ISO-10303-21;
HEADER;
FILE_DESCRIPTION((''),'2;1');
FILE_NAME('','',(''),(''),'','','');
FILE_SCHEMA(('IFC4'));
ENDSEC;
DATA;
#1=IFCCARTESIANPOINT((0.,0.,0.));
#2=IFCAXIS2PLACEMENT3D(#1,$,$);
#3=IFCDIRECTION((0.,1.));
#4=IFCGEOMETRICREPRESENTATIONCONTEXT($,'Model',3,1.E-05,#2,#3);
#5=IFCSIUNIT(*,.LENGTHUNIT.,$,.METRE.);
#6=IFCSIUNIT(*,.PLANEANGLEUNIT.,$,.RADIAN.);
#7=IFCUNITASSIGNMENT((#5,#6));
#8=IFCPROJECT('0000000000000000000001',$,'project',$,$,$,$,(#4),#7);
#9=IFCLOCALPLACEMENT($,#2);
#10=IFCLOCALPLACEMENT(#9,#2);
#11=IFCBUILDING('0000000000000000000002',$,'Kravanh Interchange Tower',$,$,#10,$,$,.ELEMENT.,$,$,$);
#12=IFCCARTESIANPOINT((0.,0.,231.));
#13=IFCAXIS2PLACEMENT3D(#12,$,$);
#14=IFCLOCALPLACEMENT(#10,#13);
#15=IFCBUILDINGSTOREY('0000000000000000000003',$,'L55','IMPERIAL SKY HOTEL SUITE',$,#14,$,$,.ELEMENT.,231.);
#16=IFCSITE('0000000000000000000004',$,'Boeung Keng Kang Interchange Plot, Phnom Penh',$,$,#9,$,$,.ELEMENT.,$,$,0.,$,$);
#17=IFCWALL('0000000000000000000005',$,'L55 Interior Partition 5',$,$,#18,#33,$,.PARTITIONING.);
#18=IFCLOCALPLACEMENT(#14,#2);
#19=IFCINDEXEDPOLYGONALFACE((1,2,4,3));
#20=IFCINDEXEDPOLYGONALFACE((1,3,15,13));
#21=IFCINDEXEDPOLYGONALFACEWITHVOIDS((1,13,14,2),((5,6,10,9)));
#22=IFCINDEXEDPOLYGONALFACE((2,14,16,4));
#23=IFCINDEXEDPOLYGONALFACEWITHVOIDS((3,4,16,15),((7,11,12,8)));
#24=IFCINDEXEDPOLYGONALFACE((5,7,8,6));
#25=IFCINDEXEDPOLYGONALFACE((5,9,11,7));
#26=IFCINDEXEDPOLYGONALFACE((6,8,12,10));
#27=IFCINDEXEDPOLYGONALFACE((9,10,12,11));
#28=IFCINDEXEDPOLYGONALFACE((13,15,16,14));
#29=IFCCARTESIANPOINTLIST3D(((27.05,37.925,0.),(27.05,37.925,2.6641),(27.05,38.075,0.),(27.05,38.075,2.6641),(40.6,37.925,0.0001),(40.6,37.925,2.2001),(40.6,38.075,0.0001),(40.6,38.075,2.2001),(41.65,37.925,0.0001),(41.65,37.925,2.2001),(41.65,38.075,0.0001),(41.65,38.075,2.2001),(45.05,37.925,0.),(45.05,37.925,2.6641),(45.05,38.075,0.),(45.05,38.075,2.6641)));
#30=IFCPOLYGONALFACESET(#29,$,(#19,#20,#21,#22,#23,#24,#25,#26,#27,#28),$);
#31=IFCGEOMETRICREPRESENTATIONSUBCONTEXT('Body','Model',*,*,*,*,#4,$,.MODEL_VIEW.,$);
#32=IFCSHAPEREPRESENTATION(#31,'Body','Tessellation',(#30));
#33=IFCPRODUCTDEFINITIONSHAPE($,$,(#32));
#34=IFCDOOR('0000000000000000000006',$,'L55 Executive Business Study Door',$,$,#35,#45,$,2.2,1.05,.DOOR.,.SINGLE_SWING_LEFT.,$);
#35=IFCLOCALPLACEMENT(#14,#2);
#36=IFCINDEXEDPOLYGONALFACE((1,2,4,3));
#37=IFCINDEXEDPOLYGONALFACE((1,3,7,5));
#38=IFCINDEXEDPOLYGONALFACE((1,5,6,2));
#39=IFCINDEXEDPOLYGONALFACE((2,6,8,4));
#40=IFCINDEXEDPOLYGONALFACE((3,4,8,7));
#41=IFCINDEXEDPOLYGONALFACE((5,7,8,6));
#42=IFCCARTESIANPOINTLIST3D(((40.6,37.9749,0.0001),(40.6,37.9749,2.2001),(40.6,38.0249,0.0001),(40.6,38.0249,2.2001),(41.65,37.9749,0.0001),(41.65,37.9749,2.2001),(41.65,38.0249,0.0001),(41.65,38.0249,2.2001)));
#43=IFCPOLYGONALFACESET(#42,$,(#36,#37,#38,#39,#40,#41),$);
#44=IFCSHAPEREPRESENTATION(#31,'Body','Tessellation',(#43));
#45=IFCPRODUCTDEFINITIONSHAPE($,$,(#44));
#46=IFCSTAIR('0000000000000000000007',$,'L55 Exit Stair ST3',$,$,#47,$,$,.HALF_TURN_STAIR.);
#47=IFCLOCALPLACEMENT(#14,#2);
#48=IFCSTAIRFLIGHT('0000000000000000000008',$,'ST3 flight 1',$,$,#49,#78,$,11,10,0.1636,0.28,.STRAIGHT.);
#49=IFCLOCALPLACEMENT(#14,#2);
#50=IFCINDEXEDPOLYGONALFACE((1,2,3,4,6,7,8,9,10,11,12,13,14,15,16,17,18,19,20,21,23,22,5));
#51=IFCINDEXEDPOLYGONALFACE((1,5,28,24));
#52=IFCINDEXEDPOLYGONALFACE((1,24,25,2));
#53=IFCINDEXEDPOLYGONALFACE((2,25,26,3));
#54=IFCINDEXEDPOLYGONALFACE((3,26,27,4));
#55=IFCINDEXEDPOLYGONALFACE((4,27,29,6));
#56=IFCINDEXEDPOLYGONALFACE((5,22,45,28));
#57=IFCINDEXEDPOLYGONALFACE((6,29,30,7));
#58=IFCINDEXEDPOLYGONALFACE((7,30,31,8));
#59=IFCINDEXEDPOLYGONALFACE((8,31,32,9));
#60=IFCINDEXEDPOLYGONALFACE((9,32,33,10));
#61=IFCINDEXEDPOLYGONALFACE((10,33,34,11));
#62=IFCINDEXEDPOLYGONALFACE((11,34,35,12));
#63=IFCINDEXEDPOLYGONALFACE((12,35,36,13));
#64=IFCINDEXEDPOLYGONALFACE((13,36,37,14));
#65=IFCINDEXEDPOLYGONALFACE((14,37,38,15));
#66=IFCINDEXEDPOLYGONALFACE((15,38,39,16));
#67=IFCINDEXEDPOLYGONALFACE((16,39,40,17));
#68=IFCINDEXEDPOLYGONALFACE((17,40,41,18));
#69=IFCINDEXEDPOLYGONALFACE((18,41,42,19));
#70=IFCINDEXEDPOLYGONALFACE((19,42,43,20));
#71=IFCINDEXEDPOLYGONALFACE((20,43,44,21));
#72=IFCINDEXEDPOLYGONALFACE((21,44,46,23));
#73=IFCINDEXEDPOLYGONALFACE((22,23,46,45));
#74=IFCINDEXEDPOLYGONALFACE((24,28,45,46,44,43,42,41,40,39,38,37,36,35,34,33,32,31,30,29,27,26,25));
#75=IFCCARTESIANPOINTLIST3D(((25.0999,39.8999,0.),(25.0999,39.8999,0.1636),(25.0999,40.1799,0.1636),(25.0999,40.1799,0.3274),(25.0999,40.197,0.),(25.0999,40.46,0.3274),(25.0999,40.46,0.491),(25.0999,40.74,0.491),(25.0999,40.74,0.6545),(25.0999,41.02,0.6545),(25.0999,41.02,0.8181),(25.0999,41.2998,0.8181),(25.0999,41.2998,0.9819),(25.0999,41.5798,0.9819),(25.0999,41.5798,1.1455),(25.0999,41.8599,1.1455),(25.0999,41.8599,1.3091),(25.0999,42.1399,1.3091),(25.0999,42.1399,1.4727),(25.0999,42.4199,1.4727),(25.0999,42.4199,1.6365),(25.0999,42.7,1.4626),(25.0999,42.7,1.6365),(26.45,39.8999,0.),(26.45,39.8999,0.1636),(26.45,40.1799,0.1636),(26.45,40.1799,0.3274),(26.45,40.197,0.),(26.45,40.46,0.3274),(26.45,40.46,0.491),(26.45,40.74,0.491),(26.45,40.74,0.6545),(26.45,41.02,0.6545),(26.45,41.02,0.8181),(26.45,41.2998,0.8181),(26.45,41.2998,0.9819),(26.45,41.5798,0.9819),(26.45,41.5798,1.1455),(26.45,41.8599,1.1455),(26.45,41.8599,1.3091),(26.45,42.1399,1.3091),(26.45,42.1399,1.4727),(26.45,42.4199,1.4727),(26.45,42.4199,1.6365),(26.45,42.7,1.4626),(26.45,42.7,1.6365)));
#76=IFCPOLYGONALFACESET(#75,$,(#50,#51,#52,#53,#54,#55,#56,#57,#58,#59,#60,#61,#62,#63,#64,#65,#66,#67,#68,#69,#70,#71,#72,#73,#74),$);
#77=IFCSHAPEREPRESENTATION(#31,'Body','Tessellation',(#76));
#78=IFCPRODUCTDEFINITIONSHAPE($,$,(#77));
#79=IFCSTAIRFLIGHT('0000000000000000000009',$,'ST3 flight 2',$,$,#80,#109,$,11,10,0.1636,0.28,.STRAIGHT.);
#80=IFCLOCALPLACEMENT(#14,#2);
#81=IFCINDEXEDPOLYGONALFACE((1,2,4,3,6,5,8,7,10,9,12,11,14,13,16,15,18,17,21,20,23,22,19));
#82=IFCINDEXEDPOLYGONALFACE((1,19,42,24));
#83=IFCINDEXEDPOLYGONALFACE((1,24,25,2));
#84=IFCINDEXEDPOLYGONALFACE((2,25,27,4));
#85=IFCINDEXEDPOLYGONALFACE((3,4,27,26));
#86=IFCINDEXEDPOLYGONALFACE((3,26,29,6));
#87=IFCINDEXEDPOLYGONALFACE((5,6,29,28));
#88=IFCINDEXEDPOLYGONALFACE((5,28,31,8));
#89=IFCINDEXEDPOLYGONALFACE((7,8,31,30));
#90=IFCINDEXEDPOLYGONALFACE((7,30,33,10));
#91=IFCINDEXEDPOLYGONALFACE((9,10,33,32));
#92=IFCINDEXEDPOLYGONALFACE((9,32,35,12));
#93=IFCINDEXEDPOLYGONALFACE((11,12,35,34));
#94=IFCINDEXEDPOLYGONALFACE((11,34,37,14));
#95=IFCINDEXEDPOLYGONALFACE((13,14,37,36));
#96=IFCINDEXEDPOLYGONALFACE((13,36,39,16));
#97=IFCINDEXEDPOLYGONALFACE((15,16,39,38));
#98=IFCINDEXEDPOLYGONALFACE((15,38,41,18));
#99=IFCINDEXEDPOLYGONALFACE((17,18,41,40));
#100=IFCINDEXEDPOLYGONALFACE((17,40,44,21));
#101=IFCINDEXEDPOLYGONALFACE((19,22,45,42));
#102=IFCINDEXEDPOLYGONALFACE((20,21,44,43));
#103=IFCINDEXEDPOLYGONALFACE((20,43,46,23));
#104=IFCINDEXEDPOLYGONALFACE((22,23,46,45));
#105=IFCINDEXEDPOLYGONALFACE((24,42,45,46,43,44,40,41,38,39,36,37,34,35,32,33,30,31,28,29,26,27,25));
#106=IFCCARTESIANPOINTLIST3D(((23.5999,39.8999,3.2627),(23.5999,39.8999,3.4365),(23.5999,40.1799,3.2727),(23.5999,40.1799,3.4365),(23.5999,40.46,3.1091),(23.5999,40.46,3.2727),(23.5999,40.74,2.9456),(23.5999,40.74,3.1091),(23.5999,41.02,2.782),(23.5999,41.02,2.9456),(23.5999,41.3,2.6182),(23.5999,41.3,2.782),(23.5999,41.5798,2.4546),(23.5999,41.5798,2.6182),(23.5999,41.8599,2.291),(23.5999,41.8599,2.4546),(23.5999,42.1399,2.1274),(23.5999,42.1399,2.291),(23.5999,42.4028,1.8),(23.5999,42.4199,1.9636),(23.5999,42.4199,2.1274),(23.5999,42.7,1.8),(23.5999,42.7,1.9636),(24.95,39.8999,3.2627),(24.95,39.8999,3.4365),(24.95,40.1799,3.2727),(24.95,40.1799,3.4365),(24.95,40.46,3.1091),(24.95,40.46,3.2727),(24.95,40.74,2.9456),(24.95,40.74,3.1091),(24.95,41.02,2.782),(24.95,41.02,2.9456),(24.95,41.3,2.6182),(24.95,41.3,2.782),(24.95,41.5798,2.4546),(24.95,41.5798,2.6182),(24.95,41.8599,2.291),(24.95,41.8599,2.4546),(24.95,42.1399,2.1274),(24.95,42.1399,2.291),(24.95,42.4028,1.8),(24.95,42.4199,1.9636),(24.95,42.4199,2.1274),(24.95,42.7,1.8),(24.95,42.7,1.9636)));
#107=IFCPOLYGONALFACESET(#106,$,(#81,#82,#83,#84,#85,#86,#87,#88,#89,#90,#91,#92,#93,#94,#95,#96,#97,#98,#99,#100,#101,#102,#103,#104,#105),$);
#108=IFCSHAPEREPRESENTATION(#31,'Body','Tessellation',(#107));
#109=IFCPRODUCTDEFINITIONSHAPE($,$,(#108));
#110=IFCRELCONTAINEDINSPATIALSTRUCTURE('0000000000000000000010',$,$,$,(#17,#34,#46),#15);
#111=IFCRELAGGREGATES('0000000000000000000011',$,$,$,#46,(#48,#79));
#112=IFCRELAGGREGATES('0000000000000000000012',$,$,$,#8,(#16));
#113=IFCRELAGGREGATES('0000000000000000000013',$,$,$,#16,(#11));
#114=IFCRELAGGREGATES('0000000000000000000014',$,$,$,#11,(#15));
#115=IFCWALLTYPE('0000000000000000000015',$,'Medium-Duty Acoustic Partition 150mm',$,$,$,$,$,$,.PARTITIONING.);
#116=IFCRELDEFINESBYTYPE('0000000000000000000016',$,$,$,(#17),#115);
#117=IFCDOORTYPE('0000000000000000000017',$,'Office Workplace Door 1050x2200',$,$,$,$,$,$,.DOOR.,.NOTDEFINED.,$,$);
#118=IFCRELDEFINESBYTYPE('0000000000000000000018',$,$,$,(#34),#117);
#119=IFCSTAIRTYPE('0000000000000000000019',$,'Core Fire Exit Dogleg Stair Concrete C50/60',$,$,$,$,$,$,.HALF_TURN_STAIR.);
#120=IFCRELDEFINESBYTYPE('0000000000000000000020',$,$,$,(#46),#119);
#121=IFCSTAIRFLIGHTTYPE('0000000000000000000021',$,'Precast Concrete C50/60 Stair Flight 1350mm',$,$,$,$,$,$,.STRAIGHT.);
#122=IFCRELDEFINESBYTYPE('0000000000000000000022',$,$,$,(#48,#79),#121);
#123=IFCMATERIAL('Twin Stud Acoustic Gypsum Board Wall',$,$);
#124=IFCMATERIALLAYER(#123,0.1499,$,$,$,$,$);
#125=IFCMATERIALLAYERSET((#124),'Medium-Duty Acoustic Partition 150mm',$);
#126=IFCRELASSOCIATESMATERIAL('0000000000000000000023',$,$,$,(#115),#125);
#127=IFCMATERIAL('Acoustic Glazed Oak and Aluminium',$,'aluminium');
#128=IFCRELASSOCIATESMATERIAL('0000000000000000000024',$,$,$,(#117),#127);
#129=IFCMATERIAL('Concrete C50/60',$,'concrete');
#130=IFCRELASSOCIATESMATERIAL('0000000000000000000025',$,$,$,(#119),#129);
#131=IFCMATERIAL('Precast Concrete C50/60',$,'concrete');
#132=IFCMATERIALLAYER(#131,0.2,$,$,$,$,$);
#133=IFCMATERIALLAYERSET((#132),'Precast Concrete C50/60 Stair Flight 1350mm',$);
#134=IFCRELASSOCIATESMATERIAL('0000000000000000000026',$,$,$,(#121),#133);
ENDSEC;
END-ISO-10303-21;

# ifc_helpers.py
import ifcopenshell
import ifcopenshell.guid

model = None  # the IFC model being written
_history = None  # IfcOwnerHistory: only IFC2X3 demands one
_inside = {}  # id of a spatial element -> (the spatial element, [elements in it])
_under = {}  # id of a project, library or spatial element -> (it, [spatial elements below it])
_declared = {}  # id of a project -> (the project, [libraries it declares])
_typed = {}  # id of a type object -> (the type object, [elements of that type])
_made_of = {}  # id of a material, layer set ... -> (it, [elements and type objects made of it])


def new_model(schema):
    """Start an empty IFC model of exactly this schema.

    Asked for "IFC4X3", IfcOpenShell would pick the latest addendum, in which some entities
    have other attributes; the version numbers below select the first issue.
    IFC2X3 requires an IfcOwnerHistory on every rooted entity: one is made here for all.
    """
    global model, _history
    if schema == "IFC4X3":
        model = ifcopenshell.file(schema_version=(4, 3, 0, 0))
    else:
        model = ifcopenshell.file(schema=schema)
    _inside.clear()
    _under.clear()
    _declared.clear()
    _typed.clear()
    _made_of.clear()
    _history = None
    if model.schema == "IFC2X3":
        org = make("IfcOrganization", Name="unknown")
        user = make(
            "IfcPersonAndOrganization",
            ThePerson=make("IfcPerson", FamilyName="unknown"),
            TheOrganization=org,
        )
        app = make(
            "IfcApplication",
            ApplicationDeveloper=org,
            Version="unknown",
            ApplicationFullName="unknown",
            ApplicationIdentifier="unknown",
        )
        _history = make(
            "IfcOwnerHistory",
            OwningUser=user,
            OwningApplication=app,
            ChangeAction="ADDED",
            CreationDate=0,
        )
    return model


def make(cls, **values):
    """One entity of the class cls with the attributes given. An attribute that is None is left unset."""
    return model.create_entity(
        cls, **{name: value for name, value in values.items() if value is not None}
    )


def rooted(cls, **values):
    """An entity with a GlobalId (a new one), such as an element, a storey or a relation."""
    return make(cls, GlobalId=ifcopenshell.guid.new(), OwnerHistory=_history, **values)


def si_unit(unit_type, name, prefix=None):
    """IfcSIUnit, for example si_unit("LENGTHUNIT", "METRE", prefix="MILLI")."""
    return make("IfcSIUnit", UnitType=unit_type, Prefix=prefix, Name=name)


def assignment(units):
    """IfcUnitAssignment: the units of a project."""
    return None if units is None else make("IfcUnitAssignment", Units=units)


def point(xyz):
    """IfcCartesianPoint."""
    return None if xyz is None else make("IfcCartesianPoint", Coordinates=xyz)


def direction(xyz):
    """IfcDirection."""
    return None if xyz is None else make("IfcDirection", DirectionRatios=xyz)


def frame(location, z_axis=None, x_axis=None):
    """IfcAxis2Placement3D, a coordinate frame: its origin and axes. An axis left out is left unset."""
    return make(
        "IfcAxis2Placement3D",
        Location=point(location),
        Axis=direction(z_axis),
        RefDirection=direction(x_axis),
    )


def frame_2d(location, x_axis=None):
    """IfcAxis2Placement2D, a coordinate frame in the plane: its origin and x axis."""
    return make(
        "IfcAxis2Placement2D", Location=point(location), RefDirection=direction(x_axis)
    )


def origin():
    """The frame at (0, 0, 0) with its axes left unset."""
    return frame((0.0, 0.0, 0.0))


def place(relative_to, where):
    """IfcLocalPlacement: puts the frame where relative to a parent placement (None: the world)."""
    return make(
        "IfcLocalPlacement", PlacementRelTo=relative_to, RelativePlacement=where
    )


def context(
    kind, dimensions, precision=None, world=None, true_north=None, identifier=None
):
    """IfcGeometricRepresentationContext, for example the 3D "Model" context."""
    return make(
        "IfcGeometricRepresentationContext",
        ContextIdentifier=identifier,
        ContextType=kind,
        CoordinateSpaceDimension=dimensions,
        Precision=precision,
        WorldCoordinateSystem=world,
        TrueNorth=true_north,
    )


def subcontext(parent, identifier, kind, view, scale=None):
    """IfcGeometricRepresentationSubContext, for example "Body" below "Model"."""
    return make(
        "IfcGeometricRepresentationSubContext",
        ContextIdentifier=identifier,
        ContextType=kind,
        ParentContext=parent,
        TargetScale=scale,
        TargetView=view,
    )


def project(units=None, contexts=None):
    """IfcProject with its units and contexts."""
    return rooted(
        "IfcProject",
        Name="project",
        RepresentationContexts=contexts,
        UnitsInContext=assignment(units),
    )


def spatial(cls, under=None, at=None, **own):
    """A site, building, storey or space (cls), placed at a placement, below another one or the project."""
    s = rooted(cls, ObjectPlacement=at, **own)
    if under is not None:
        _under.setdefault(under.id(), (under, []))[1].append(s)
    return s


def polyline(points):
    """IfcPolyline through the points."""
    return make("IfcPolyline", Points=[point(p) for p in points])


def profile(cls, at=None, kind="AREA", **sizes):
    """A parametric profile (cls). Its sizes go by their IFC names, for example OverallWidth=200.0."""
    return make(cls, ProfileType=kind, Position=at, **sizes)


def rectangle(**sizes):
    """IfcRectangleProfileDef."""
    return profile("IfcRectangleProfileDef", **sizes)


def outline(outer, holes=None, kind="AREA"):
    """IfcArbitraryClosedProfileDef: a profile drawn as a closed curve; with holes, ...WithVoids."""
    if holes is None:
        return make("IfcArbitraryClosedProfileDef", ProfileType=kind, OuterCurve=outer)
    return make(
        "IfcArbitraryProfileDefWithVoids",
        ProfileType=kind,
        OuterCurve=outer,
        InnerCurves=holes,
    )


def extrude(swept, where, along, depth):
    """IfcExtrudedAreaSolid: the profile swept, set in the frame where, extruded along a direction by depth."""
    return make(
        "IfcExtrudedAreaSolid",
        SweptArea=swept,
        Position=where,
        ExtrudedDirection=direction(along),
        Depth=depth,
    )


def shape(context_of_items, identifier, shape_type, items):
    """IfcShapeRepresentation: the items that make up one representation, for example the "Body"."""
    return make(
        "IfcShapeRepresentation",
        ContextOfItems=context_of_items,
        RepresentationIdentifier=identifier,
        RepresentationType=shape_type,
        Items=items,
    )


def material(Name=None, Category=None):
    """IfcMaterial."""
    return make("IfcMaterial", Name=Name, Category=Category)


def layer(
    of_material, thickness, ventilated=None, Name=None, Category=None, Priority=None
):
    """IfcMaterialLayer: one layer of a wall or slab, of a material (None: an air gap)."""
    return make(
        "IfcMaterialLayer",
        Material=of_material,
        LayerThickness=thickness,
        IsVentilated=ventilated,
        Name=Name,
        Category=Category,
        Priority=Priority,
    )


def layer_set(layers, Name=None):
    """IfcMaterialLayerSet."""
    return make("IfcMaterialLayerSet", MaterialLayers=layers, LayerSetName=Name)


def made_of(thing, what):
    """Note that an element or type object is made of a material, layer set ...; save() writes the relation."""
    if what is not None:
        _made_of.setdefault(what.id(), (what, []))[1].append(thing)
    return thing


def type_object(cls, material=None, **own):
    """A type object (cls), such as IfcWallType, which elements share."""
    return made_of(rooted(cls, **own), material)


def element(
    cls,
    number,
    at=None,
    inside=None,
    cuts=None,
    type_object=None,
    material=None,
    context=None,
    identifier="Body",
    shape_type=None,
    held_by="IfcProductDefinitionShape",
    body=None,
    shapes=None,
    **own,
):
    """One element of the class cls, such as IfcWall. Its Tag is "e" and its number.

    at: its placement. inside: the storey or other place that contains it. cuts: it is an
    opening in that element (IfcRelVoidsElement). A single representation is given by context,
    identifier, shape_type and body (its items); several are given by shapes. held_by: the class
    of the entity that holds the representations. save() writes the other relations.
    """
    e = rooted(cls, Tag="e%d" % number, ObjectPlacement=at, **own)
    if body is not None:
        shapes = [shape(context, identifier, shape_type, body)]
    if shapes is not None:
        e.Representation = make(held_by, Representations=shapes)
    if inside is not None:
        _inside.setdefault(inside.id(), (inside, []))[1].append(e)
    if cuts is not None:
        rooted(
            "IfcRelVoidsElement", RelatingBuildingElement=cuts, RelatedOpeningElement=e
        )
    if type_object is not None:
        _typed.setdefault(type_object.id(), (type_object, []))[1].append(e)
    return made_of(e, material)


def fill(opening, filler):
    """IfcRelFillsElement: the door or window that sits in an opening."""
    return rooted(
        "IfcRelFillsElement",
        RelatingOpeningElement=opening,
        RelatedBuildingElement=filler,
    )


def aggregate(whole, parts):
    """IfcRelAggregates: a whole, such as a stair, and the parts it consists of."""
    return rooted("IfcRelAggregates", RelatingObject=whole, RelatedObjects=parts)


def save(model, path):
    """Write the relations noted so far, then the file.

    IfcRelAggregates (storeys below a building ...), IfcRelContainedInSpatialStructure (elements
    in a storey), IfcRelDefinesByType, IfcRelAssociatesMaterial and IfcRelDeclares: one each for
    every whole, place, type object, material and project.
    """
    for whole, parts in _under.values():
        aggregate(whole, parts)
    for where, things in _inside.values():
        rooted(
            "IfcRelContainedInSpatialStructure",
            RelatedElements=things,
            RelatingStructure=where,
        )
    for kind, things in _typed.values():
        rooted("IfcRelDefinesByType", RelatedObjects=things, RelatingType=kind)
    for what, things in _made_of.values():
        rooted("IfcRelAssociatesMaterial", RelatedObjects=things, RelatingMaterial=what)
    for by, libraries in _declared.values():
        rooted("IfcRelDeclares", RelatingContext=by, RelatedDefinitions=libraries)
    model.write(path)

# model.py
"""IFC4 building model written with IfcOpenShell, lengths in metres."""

from ifc_helpers import new_model, si_unit, direction, frame, frame_2d, origin, place, context, subcontext, project, spatial, polyline, rectangle, outline, extrude, material, layer, layer_set, type_object, element, fill, aggregate, save


model = new_model("IFC4")

# Units and contexts
model_context = context("Model", 3, precision=1e-05, world=origin(), true_north=direction((0.0, 1.0)))
body_context = subcontext(model_context, "Body", "Model", "MODEL_VIEW")
ifc_project = project(units=[si_unit("LENGTHUNIT", "METRE"), si_unit("PLANEANGLEUNIT", "RADIAN")], contexts=[model_context])

# Site, building, storey
site_placement = place(None, origin())
site = spatial("IfcSite", under=ifc_project, at=site_placement, Name="Boeung Keng Kang Interchange Plot, Phnom Penh", CompositionType="ELEMENT", RefElevation=0.0)
building_placement = place(site_placement, origin())
building = spatial("IfcBuilding", under=site, at=building_placement, Name="Kravanh Interchange Tower", CompositionType="ELEMENT")
storey_placement = place(building_placement, frame((0.0, 0.0, 231.0)))
storey = spatial("IfcBuildingStorey", under=building, at=storey_placement, Name="L55", Description="IMPERIAL SKY HOTEL SUITE", CompositionType="ELEMENT", Elevation=231.0)

# Wall, opening, door
ifc_material_1 = material(Name="Twin Stud Acoustic Gypsum Board Wall")
ifc_layer_1 = layer(ifc_material_1, 0.1499)
ifc_layer_set_1 = layer_set([ifc_layer_1], Name="Medium-Duty Acoustic Partition 150mm")
wall_type_1 = type_object("IfcWallType", Name="Medium-Duty Acoustic Partition 150mm", PredefinedType="PARTITIONING", material=ifc_layer_set_1)
wall_1_placement = place(storey_placement, frame((27.05, 38.0, 0.0), z_axis=(0.0, 0.0, 1.0), x_axis=(1.0, 0.0, 0.0)))
wall_1 = element("IfcWall", 1, at=wall_1_placement, inside=storey, type_object=wall_type_1, Name="L55 Interior Partition 5", PredefinedType="PARTITIONING", context=body_context, shape_type="SweptSolid", body=[
    extrude(rectangle(XDim=18.0, YDim=0.1499, at=frame_2d((9.0, 0.0))), origin(), (0.0, 0.0, 1.0), 2.6641),
])
opening_1_placement = place(wall_1_placement, frame((13.55, 0.0, 0.0)))
opening_1 = element("IfcOpeningElement", 2, at=opening_1_placement, cuts=wall_1, PredefinedType="OPENING", context=body_context, shape_type="SweptSolid", body=[
    extrude(rectangle(XDim=1.05, YDim=2.2, at=frame_2d((0.5249, 1.1001))), frame((0.0, 0.085, 0.0), z_axis=(0.0, -1.0, 0.0), x_axis=(1.0, 0.0, 0.0)), (0.0, 0.0, 1.0), 0.1699),
])
ifc_material_2 = material(Name="Acoustic Glazed Oak and Aluminium", Category="aluminium")
door_type_1 = type_object("IfcDoorType", Name="Office Workplace Door 1050x2200", OperationType="NOTDEFINED", PredefinedType="DOOR", material=ifc_material_2)
door_1_placement = place(opening_1_placement, origin())
door_1 = element("IfcDoor", 3, at=door_1_placement, inside=storey, type_object=door_type_1, Name="L55 Executive Business Study Door", OperationType="SINGLE_SWING_LEFT", OverallHeight=2.2, OverallWidth=1.05, PredefinedType="DOOR", context=body_context, shape_type="SweptSolid", body=[
    extrude(rectangle(XDim=1.05, YDim=2.2, at=frame_2d((0.5249, 1.1001))), frame((0.0, 0.0249, 0.0), z_axis=(0.0, -1.0, 0.0), x_axis=(1.0, 0.0, 0.0)), (0.0, 0.0, 1.0), 0.05),
])
fill(opening_1, door_1)

# Stair, stair flights
ifc_material_3 = material(Name="Concrete C50/60", Category="concrete")
stair_type = type_object("IfcStairType", Name="Core Fire Exit Dogleg Stair Concrete C50/60", PredefinedType="HALF_TURN_STAIR", material=ifc_material_3)
stair_placement = place(storey_placement, origin())
stair = element("IfcStair", 4, at=stair_placement, inside=storey, type_object=stair_type, Name="L55 Exit Stair ST3", PredefinedType="HALF_TURN_STAIR")
ifc_material_4 = material(Name="Precast Concrete C50/60", Category="concrete")
ifc_layer_2 = layer(ifc_material_4, 0.2)
ifc_layer_set_2 = layer_set([ifc_layer_2], Name="Precast Concrete C50/60 Stair Flight 1350mm")
stair_flight_type = type_object("IfcStairFlightType", Name="Precast Concrete C50/60 Stair Flight 1350mm", PredefinedType="STRAIGHT", material=ifc_layer_set_2)
stair_flight_1_placement = place(storey_placement, frame((25.7749, 39.8999, 0.0), z_axis=(0.0, 0.0, 1.0), x_axis=(0.0, 1.0, 0.0)))
stair_flight_1 = element("IfcStairFlight", 5, at=stair_flight_1_placement, type_object=stair_flight_type, Name="ST3 flight 1", NumberOfRisers=11, NumberOfTreads=10, PredefinedType="STRAIGHT", RiserHeight=0.1636, TreadLength=0.28, context=body_context, shape_type="SweptSolid", body=[
    extrude(outline(polyline([(0.0, 0.0), (0.0, 0.1636), (0.28, 0.1636), (0.28, 0.3274), (0.5601, 0.3274), (0.5601, 0.491), (0.8401, 0.491), (0.8401, 0.6545), (1.1201, 0.6545), (1.1201, 0.8181), (1.3999, 0.8181), (1.3999, 0.9819), (1.6799, 0.9819), (1.6799, 1.1455), (1.96, 1.1455), (1.96, 1.3091), (2.24, 1.3091), (2.24, 1.4727), (2.52, 1.4727), (2.52, 1.6365), (2.8, 1.6365), (2.8, 1.8), (2.8, 1.4626), (0.2971, 0.0), (0.0, 0.0)])), frame((0.0, 0.675, 0.0), z_axis=(0.0, -1.0, 0.0), x_axis=(1.0, 0.0, 0.0)), (0.0, 0.0, 1.0), 1.3501),
])
stair_flight_2_placement = place(storey_placement, frame((24.2749, 42.7, 1.8), z_axis=(0.0, 0.0, 1.0), x_axis=(0.0, -1.0, 0.0)))
stair_flight_2 = element("IfcStairFlight", 6, at=stair_flight_2_placement, type_object=stair_flight_type, Name="ST3 flight 2", NumberOfRisers=11, NumberOfTreads=10, PredefinedType="STRAIGHT", RiserHeight=0.1636, TreadLength=0.28, context=body_context, shape_type="SweptSolid", body=[
    extrude(outline(polyline([(0.0, 0.0), (0.0, 0.1636), (0.28, 0.1636), (0.28, 0.3274), (0.5601, 0.3274), (0.5601, 0.491), (0.8401, 0.491), (0.8401, 0.6545), (1.1201, 0.6545), (1.1201, 0.8181), (1.3999, 0.8181), (1.3999, 0.9819), (1.6799, 0.9819), (1.6799, 1.1455), (1.96, 1.1455), (1.96, 1.3091), (2.24, 1.3091), (2.24, 1.4727), (2.52, 1.4727), (2.52, 1.6365), (2.8, 1.6365), (2.8, 1.8), (2.8, 1.4626), (0.2971, 0.0), (0.0, 0.0)])), frame((0.0, 0.675, 0.0), z_axis=(0.0, -1.0, 0.0), x_axis=(1.0, 0.0, 0.0)), (0.0, 0.0, 1.0), 1.3501),
])
aggregate(stair, [stair_flight_1, stair_flight_2])

save(model, "model.ifc")
